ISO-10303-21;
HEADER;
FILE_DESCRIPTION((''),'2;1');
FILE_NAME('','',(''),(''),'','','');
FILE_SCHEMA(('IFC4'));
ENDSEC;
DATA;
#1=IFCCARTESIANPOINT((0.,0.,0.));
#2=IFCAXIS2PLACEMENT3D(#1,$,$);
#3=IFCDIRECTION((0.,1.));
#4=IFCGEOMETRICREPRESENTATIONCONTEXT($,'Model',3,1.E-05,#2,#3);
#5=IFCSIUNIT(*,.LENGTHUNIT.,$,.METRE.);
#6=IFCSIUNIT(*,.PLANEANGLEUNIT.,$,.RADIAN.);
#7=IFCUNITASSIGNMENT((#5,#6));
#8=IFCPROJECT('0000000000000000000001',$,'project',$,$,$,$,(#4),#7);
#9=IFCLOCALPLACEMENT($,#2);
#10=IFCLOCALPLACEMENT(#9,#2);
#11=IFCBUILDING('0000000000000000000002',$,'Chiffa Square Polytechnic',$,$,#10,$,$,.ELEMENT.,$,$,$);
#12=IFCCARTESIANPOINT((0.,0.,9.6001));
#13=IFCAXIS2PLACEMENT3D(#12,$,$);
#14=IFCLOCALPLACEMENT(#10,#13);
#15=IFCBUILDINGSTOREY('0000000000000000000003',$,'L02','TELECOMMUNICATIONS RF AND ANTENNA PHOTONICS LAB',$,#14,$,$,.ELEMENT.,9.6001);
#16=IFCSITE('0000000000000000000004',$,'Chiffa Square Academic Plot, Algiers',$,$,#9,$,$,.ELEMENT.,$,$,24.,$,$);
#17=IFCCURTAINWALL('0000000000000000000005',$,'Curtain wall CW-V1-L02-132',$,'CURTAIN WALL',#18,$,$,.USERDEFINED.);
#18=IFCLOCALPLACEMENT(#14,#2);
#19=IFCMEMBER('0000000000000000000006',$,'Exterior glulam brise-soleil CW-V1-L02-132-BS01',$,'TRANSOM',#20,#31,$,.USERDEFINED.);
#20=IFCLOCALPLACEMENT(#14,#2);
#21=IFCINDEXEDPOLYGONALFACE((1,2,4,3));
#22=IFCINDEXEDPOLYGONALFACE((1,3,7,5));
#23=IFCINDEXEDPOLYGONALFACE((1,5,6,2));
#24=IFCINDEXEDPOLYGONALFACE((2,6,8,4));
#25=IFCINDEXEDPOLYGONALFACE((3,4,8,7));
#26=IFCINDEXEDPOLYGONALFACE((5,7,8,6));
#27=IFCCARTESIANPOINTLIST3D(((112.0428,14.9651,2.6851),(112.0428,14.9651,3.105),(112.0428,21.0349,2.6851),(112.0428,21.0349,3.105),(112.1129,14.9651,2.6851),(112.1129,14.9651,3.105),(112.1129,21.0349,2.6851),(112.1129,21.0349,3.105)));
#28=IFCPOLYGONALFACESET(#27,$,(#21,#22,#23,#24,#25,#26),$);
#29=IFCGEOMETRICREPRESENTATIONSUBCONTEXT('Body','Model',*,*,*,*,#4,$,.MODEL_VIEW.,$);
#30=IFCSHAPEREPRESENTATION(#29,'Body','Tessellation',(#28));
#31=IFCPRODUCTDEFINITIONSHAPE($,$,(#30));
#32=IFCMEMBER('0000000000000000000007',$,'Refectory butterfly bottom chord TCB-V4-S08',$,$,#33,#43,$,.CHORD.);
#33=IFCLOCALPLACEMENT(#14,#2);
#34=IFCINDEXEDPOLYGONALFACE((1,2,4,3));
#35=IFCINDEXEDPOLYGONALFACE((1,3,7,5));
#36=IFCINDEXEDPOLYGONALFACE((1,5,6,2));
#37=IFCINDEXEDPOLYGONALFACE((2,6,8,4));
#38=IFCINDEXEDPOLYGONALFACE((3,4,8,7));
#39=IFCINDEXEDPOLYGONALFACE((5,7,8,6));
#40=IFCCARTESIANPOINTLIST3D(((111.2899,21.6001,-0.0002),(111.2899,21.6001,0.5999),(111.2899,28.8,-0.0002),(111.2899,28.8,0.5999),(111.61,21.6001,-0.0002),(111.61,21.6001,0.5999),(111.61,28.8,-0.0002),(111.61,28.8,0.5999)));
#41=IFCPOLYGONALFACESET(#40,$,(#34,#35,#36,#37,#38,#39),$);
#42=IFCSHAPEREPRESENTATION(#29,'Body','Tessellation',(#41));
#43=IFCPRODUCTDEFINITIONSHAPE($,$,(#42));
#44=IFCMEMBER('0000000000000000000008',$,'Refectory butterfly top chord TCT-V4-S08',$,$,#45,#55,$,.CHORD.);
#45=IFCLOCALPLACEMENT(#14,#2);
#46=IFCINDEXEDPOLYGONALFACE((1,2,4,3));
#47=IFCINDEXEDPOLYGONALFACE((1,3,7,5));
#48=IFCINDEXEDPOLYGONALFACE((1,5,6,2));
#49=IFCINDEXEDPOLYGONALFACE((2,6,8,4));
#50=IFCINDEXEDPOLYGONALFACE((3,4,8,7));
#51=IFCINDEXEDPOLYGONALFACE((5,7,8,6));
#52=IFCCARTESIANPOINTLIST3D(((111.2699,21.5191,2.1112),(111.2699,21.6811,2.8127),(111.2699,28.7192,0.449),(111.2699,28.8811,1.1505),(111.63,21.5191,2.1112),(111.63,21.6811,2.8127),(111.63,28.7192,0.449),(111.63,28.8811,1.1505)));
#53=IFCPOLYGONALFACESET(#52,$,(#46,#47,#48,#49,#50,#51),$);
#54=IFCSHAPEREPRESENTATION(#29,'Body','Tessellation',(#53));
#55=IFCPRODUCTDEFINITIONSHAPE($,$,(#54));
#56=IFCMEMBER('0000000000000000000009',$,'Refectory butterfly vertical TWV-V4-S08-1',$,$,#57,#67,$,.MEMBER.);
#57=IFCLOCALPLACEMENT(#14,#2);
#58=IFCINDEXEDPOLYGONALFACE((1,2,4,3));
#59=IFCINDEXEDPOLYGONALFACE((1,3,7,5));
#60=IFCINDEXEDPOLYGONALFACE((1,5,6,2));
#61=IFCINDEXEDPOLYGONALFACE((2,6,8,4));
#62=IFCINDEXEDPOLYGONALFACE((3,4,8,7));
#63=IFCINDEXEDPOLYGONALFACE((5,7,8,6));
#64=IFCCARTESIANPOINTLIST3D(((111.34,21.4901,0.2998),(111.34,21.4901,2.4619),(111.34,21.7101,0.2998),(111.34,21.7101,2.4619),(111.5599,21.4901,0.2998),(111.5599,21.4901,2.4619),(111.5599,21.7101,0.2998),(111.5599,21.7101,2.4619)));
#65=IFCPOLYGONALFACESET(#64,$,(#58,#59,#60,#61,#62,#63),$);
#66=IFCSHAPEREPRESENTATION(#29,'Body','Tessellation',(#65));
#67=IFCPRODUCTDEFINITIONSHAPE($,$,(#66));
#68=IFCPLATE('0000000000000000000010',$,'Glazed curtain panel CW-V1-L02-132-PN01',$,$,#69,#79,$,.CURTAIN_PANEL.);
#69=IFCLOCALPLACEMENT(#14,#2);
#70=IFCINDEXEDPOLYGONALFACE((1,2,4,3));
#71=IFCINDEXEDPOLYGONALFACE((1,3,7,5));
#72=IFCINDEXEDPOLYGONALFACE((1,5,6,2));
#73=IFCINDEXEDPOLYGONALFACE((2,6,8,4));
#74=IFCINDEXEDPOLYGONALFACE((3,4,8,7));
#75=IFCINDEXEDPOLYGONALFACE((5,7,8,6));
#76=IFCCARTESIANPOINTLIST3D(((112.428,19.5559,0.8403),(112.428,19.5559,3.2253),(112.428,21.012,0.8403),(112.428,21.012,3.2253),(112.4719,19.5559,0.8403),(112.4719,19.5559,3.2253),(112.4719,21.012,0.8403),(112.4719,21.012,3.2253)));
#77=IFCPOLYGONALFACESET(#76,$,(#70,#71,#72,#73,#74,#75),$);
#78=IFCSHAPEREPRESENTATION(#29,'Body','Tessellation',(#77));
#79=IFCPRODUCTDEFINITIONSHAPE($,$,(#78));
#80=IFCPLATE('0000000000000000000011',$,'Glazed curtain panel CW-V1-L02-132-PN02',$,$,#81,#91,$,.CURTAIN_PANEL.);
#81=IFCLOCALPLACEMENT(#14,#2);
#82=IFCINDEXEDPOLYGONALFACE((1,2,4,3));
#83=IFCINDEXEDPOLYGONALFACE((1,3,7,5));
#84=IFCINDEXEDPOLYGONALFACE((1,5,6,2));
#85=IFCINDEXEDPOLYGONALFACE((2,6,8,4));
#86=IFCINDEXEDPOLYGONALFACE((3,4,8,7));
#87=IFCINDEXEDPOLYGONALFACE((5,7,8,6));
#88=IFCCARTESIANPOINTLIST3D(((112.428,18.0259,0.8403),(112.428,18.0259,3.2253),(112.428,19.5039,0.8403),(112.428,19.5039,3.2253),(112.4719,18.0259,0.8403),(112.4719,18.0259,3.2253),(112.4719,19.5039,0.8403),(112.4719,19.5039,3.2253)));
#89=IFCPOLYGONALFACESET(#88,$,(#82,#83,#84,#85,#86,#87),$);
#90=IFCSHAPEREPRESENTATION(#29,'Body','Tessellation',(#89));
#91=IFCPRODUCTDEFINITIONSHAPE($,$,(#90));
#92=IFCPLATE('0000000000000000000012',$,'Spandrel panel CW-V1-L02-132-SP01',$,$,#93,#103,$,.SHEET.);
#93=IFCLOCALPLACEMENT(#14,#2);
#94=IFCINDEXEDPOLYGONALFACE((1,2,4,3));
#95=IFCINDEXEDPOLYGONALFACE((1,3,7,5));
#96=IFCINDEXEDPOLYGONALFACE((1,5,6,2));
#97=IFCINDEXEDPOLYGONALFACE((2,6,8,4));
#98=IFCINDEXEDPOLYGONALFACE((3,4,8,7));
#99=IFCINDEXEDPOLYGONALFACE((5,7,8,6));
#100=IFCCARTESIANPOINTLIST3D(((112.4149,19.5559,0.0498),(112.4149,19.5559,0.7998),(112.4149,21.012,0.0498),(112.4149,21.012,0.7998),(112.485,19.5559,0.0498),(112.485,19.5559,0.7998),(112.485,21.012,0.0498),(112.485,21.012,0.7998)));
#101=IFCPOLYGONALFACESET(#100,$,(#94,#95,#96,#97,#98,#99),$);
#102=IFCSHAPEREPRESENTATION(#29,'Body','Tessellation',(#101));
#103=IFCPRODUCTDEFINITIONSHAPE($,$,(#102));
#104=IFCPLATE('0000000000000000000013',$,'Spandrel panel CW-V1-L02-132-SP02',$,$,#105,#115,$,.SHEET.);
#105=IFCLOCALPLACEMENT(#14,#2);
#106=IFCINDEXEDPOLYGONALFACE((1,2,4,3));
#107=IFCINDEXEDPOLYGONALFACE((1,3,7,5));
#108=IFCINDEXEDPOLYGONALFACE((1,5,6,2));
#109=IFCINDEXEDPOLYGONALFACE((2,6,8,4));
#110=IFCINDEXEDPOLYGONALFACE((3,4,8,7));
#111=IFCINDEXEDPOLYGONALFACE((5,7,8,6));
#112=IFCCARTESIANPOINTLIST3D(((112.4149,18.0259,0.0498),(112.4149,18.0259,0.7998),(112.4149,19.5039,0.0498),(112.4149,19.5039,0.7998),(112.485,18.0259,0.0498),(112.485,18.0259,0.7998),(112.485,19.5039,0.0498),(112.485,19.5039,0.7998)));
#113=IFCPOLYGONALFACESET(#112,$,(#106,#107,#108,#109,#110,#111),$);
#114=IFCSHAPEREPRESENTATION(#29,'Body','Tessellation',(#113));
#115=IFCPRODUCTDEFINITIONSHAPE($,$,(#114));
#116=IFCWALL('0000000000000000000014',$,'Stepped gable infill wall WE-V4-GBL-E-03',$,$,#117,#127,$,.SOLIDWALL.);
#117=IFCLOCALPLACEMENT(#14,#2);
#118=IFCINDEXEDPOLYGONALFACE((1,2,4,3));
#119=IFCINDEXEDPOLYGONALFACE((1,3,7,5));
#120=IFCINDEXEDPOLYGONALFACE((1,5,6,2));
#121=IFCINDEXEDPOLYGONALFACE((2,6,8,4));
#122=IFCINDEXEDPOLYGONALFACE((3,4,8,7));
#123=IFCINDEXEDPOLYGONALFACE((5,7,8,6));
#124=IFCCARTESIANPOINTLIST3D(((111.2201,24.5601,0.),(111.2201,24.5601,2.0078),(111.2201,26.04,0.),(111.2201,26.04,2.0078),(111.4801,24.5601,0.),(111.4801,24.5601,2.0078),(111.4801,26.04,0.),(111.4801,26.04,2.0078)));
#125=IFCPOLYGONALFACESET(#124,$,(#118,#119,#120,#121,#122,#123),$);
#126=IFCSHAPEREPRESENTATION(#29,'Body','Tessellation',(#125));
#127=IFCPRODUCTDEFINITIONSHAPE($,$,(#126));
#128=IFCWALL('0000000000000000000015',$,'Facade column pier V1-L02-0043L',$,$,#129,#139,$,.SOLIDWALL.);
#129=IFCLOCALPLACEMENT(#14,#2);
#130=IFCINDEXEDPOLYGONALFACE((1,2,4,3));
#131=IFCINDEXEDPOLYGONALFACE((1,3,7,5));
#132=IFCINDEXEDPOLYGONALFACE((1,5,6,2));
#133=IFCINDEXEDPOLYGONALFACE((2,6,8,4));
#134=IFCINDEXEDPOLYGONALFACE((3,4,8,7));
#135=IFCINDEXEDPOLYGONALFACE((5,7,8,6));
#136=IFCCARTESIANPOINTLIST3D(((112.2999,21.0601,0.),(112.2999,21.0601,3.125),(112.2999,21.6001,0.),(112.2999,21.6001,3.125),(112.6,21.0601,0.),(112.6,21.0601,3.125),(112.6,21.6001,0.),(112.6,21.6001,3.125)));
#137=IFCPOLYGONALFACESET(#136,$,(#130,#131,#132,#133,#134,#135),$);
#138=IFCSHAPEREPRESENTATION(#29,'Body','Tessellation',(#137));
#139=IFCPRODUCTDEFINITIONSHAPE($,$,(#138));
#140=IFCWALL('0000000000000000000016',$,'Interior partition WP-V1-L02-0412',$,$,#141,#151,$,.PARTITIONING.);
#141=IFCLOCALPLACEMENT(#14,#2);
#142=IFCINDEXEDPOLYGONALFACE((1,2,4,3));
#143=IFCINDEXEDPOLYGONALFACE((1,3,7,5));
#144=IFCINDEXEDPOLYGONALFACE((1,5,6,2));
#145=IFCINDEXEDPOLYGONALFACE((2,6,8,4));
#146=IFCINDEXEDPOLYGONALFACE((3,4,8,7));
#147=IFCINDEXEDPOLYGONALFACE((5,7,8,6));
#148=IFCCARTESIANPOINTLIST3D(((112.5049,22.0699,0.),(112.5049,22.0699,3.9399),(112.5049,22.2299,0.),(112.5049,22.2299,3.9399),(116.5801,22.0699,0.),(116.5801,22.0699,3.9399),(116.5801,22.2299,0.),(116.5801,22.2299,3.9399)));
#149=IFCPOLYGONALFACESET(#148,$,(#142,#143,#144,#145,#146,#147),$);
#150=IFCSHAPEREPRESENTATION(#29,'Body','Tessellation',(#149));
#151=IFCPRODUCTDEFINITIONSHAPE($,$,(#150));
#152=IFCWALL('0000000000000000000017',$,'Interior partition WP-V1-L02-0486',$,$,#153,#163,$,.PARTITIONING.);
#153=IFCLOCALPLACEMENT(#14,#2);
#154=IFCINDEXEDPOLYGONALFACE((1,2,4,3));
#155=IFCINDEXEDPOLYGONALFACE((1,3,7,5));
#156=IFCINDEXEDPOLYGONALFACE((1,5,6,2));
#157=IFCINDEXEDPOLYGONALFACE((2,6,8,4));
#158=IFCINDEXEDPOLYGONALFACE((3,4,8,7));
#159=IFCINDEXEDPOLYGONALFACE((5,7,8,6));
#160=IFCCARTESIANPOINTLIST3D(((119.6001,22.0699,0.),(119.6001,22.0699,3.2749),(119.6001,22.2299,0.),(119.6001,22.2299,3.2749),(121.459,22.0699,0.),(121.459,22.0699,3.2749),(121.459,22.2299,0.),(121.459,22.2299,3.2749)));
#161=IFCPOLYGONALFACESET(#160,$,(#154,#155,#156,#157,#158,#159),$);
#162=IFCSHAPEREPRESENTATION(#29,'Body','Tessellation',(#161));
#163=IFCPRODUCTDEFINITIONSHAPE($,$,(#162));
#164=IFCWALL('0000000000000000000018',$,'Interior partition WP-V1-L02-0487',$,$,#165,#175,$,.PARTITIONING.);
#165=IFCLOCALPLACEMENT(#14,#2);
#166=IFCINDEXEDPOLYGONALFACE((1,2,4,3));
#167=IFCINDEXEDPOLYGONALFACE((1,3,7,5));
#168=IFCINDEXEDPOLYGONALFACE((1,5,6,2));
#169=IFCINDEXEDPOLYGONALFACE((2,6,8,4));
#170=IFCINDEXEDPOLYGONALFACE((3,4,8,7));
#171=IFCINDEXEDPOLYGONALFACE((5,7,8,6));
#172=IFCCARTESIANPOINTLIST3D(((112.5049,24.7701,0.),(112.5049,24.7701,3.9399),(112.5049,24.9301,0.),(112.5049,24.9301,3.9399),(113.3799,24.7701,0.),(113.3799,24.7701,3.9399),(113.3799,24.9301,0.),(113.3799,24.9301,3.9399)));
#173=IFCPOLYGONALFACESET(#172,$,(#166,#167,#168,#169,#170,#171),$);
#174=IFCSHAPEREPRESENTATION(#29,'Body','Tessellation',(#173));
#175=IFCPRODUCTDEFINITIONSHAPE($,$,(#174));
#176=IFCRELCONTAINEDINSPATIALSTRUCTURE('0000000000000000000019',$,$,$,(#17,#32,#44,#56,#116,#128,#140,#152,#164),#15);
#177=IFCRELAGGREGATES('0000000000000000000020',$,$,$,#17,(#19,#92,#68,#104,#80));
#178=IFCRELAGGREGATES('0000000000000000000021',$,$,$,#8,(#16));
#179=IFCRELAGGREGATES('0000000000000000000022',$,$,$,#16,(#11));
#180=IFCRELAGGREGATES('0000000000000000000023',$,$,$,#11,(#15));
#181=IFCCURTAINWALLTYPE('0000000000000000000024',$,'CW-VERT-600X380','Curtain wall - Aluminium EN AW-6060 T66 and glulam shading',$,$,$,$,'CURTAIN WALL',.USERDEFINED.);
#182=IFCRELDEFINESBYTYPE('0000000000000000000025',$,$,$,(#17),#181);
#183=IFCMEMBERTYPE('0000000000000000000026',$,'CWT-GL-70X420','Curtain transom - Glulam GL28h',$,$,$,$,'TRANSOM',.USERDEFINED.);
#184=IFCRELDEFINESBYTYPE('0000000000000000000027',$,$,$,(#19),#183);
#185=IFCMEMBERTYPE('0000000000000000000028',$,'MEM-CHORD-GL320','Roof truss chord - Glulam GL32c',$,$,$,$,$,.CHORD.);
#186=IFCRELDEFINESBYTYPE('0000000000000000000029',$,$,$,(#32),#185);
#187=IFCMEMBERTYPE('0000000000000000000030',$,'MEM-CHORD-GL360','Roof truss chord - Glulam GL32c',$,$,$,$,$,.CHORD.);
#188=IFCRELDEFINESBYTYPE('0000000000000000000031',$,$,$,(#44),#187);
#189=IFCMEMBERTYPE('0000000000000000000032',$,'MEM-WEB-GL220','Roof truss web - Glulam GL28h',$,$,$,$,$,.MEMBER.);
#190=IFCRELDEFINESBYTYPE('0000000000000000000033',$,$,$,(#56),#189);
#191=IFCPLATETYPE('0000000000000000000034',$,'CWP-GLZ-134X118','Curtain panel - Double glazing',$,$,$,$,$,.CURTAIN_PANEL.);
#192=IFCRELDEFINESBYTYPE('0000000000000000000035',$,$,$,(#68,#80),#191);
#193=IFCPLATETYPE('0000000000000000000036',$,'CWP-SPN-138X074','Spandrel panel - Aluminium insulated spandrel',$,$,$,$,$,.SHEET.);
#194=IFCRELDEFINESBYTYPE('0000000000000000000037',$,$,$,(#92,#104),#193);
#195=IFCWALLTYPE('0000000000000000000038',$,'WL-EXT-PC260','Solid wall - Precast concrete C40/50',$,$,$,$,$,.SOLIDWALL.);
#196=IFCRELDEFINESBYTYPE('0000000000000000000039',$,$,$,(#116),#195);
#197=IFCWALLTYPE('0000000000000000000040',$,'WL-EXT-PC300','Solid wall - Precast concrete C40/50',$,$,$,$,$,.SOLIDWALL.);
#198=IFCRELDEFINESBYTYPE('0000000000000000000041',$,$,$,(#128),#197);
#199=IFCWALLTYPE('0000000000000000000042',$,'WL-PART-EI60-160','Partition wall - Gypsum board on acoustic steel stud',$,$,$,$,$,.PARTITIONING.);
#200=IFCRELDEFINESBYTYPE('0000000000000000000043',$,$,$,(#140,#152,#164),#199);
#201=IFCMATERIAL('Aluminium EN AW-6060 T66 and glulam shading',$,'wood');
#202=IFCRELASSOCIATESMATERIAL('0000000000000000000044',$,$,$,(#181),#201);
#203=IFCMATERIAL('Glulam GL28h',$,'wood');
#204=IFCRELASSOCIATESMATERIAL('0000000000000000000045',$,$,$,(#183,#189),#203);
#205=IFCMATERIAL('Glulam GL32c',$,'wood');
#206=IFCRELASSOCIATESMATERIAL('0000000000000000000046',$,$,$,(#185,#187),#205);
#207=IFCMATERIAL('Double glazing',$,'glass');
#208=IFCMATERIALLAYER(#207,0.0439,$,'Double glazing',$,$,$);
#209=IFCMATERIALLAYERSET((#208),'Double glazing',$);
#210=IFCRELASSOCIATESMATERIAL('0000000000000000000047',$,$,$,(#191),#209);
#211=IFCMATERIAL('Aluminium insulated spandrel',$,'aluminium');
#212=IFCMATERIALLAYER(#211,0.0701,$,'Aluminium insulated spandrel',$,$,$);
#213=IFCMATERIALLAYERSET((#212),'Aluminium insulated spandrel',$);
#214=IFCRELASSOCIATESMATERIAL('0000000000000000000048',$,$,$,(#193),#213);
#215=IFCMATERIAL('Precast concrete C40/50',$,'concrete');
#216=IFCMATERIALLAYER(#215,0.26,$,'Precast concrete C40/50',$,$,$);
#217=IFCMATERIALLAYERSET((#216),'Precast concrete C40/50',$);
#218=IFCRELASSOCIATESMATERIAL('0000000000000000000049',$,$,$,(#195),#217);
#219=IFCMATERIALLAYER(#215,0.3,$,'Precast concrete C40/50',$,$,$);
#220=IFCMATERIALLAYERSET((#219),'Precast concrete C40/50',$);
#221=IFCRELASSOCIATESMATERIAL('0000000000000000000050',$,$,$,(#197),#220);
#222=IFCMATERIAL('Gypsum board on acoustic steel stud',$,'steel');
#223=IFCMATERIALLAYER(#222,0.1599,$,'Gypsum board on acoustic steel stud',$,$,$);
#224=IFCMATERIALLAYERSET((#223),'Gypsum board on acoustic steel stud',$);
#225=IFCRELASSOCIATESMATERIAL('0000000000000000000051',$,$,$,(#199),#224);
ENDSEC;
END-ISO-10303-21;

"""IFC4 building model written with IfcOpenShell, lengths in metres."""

from ifc_helpers import new_model, si_unit, direction, frame, frame_2d, origin, origin_2d, place, context, subcontext, project, spatial, rectangle, extrude, material, layer, layer_set, material_profile, profile_set, type_object, element, aggregate, save


model = new_model("IFC4")

# Units and contexts
model_context = context("Model", 3, precision=1e-05, world=origin(), true_north=direction((0.0, 1.0)))
body_context = subcontext(model_context, "Body", "Model", "MODEL_VIEW")
ifc_project = project(units=[si_unit("LENGTHUNIT", "METRE"), si_unit("PLANEANGLEUNIT", "RADIAN")], contexts=[model_context])

# Site, building, storey
site_placement = place(None, origin())
site = spatial("IfcSite", under=ifc_project, at=site_placement, Name="Chiffa Square Academic Plot, Algiers", CompositionType="ELEMENT", RefElevation=24.0)
building_placement = place(site_placement, origin())
building = spatial("IfcBuilding", under=site, at=building_placement, Name="Chiffa Square Polytechnic", CompositionType="ELEMENT")
storey_placement = place(building_placement, frame((0.0, 0.0, 9.6001)))
storey = spatial("IfcBuildingStorey", under=building, at=storey_placement, Name="L02", Description="TELECOMMUNICATIONS RF AND ANTENNA PHOTONICS LAB", CompositionType="ELEMENT", Elevation=9.6001)

# Curtain wall, member
ifc_material_1 = material(Name="Aluminium EN AW-6060 T66 and glulam shading", Category="wood")
curtain_wall_type = type_object("IfcCurtainWallType", Name="CW-VERT-600X380", Description="Curtain wall - Aluminium EN AW-6060 T66 and glulam shading", ElementType="CURTAIN WALL", PredefinedType="USERDEFINED", material=ifc_material_1)
curtain_wall_placement = place(storey_placement, origin())
curtain_wall = element("IfcCurtainWall", 1, at=curtain_wall_placement, inside=storey, type_object=curtain_wall_type, Name="Curtain wall CW-V1-L02-132", ObjectType="CURTAIN WALL", PredefinedType="USERDEFINED")
ifc_material_2 = material(Name="Glulam GL28h", Category="wood")
ifc_material_profile_1 = material_profile(ifc_material_2, rectangle(XDim=0.0701, YDim=0.4199, at=origin_2d()), Name="GL28h 70x420")
ifc_profile_set_1 = profile_set([ifc_material_profile_1], Name="Glulam GL28h")
member_type_1 = type_object("IfcMemberType", Name="CWT-GL-70X420", Description="Curtain transom - Glulam GL28h", ElementType="TRANSOM", PredefinedType="USERDEFINED", material=ifc_profile_set_1)
member_1_placement = place(storey_placement, frame((112.0779, 21.0349, 2.895), z_axis=(0.0, -1.0, 0.0), x_axis=(1.0, 0.0, 0.0)))
member_1 = element("IfcMember", 2, at=member_1_placement, type_object=member_type_1, Name="Exterior glulam brise-soleil CW-V1-L02-132-BS01", ObjectType="TRANSOM", PredefinedType="USERDEFINED", context=body_context, shape_type="SweptSolid", body=[
    extrude(rectangle(XDim=0.0701, YDim=0.4199, at=origin_2d()), origin(), (0.0, 0.0, 1.0), 6.0698),
])

# Members
ifc_material_3 = material(Name="Glulam GL32c", Category="wood")
ifc_material_profile_2 = material_profile(ifc_material_3, rectangle(XDim=0.3201, YDim=0.6001, at=origin_2d()), Name="GL32c 320x600")
ifc_profile_set_2 = profile_set([ifc_material_profile_2], Name="Glulam GL32c")
member_type_2 = type_object("IfcMemberType", Name="MEM-CHORD-GL320", Description="Roof truss chord - Glulam GL32c", PredefinedType="CHORD", material=ifc_profile_set_2)
member_2_placement = place(storey_placement, frame((111.45, 21.6001, 0.2998), z_axis=(0.0, 1.0, 0.0), x_axis=(-1.0, 0.0, 0.0)))
element("IfcMember", 3, at=member_2_placement, inside=storey, type_object=member_type_2, Name="Refectory butterfly bottom chord TCB-V4-S08", PredefinedType="CHORD", context=body_context, shape_type="SweptSolid", body=[
    extrude(rectangle(XDim=0.3201, YDim=0.6001, at=origin_2d()), origin(), (0.0, 0.0, 1.0), 7.2),
])
ifc_material_profile_3 = material_profile(ifc_material_3, rectangle(XDim=0.3601, YDim=0.72, at=origin_2d()), Name="GL32c 360x720")
ifc_profile_set_3 = profile_set([ifc_material_profile_3], Name="Glulam GL32c")
member_type_3 = type_object("IfcMemberType", Name="MEM-CHORD-GL360", Description="Roof truss chord - Glulam GL32c", PredefinedType="CHORD", material=ifc_profile_set_3)
member_3_placement = place(storey_placement, frame((111.45, 21.6001, 2.4619), z_axis=(0.0, 0.974374, -0.224934), x_axis=(-1.0, 0.0, 0.0)))
element("IfcMember", 4, at=member_3_placement, inside=storey, type_object=member_type_3, Name="Refectory butterfly top chord TCT-V4-S08", PredefinedType="CHORD", context=body_context, shape_type="SweptSolid", body=[
    extrude(rectangle(XDim=0.3601, YDim=0.72, at=origin_2d()), origin(), (0.0, 0.0, 1.0), 7.3894),
])
ifc_material_profile_4 = material_profile(ifc_material_2, rectangle(XDim=0.22, YDim=0.22, at=origin_2d()), Name="GL28h 220x220")
ifc_profile_set_4 = profile_set([ifc_material_profile_4], Name="Glulam GL28h")
member_type_4 = type_object("IfcMemberType", Name="MEM-WEB-GL220", Description="Roof truss web - Glulam GL28h", PredefinedType="MEMBER", material=ifc_profile_set_4)
member_4_placement = place(storey_placement, frame((111.45, 21.6001, 0.2998), z_axis=(0.0, 0.0, 1.0), x_axis=(1.0, 0.0, 0.0)))
element("IfcMember", 5, at=member_4_placement, inside=storey, type_object=member_type_4, Name="Refectory butterfly vertical TWV-V4-S08-1", PredefinedType="MEMBER", context=body_context, shape_type="SweptSolid", body=[
    extrude(rectangle(XDim=0.22, YDim=0.22, at=origin_2d()), origin(), (0.0, 0.0, 1.0), 2.1621),
])

# Plates
ifc_material_4 = material(Name="Double glazing", Category="glass")
ifc_layer_1 = layer(ifc_material_4, 0.0439, Name="Double glazing")
ifc_layer_set_1 = layer_set([ifc_layer_1], Name="Double glazing")
plate_type_1 = type_object("IfcPlateType", Name="CWP-GLZ-134X118", Description="Curtain panel - Double glazing", PredefinedType="CURTAIN_PANEL", material=ifc_layer_set_1)
plate_1_placement = place(storey_placement, frame((112.45, 20.2839, 0.8403), z_axis=(0.0, 0.0, 1.0), x_axis=(0.0, -1.0, 0.0)))
plate_1 = element("IfcPlate", 6, at=plate_1_placement, type_object=plate_type_1, Name="Glazed curtain panel CW-V1-L02-132-PN01", PredefinedType="CURTAIN_PANEL", context=body_context, shape_type="SweptSolid", body=[
    extrude(rectangle(XDim=1.4561, YDim=0.0439, at=origin_2d()), origin(), (0.0, 0.0, 1.0), 2.385),
])
plate_2_placement = place(storey_placement, frame((112.45, 18.7649, 0.8403), z_axis=(0.0, 0.0, 1.0), x_axis=(0.0, -1.0, 0.0)))
plate_2 = element("IfcPlate", 7, at=plate_2_placement, type_object=plate_type_1, Name="Glazed curtain panel CW-V1-L02-132-PN02", PredefinedType="CURTAIN_PANEL", context=body_context, shape_type="SweptSolid", body=[
    extrude(rectangle(XDim=1.478, YDim=0.0439, at=origin_2d()), origin(), (0.0, 0.0, 1.0), 2.385),
])
ifc_material_5 = material(Name="Aluminium insulated spandrel", Category="aluminium")
ifc_layer_2 = layer(ifc_material_5, 0.0701, Name="Aluminium insulated spandrel")
ifc_layer_set_2 = layer_set([ifc_layer_2], Name="Aluminium insulated spandrel")
plate_type_2 = type_object("IfcPlateType", Name="CWP-SPN-138X074", Description="Spandrel panel - Aluminium insulated spandrel", PredefinedType="SHEET", material=ifc_layer_set_2)
plate_3_placement = place(storey_placement, frame((112.45, 20.2839, 0.0498), z_axis=(0.0, 0.0, 1.0), x_axis=(0.0, -1.0, 0.0)))
plate_3 = element("IfcPlate", 8, at=plate_3_placement, type_object=plate_type_2, Name="Spandrel panel CW-V1-L02-132-SP01", PredefinedType="SHEET", context=body_context, shape_type="SweptSolid", body=[
    extrude(rectangle(XDim=1.4561, YDim=0.0701, at=origin_2d()), origin(), (0.0, 0.0, 1.0), 0.75),
])
plate_4_placement = place(storey_placement, frame((112.45, 18.7649, 0.0498), z_axis=(0.0, 0.0, 1.0), x_axis=(0.0, -1.0, 0.0)))
plate_4 = element("IfcPlate", 9, at=plate_4_placement, type_object=plate_type_2, Name="Spandrel panel CW-V1-L02-132-SP02", PredefinedType="SHEET", context=body_context, shape_type="SweptSolid", body=[
    extrude(rectangle(XDim=1.478, YDim=0.0701, at=origin_2d()), origin(), (0.0, 0.0, 1.0), 0.75),
])
aggregate(curtain_wall, [member_1, plate_3, plate_1, plate_4, plate_2])

# Walls
ifc_material_6 = material(Name="Precast concrete C40/50", Category="concrete")
ifc_layer_3 = layer(ifc_material_6, 0.26, Name="Precast concrete C40/50")
ifc_layer_set_3 = layer_set([ifc_layer_3], Name="Precast concrete C40/50")
wall_type_1 = type_object("IfcWallType", Name="WL-EXT-PC260", Description="Solid wall - Precast concrete C40/50", PredefinedType="SOLIDWALL", material=ifc_layer_set_3)
wall_1_placement = place(storey_placement, frame((111.3501, 24.5601, 0.0), z_axis=(0.0, 0.0, 1.0), x_axis=(0.0, 1.0, 0.0)))
element("IfcWall", 10, at=wall_1_placement, inside=storey, type_object=wall_type_1, Name="Stepped gable infill wall WE-V4-GBL-E-03", PredefinedType="SOLIDWALL", context=body_context, shape_type="SweptSolid", body=[
    extrude(rectangle(XDim=1.48, YDim=0.26, at=frame_2d((0.74, 0.0))), origin(), (0.0, 0.0, 1.0), 2.0078),
])
ifc_layer_4 = layer(ifc_material_6, 0.3, Name="Precast concrete C40/50")
ifc_layer_set_4 = layer_set([ifc_layer_4], Name="Precast concrete C40/50")
wall_type_2 = type_object("IfcWallType", Name="WL-EXT-PC300", Description="Solid wall - Precast concrete C40/50", PredefinedType="SOLIDWALL", material=ifc_layer_set_4)
wall_2_placement = place(storey_placement, frame((112.45, 21.6001, 0.0), z_axis=(0.0, 0.0, 1.0), x_axis=(0.0, -1.0, 0.0)))
element("IfcWall", 11, at=wall_2_placement, inside=storey, type_object=wall_type_2, Name="Facade column pier V1-L02-0043L", PredefinedType="SOLIDWALL", context=body_context, shape_type="SweptSolid", body=[
    extrude(rectangle(XDim=0.54, YDim=0.3, at=frame_2d((0.27, 0.0))), origin(), (0.0, 0.0, 1.0), 3.125),
])
ifc_material_7 = material(Name="Gypsum board on acoustic steel stud", Category="steel")
ifc_layer_5 = layer(ifc_material_7, 0.1599, Name="Gypsum board on acoustic steel stud")
ifc_layer_set_5 = layer_set([ifc_layer_5], Name="Gypsum board on acoustic steel stud")
wall_type_3 = type_object("IfcWallType", Name="WL-PART-EI60-160", Description="Partition wall - Gypsum board on acoustic steel stud", PredefinedType="PARTITIONING", material=ifc_layer_set_5)
wall_3_placement = place(storey_placement, frame((112.5049, 22.1499, 0.0), z_axis=(0.0, 0.0, 1.0), x_axis=(1.0, 0.0, 0.0)))
element("IfcWall", 12, at=wall_3_placement, inside=storey, type_object=wall_type_3, Name="Interior partition WP-V1-L02-0412", PredefinedType="PARTITIONING", context=body_context, shape_type="SweptSolid", body=[
    extrude(rectangle(XDim=4.0752, YDim=0.1599, at=frame_2d((2.0376, 0.0))), origin(), (0.0, 0.0, 1.0), 3.9399),
])
wall_4_placement = place(storey_placement, frame((119.6001, 22.1499, 0.0), z_axis=(0.0, 0.0, 1.0), x_axis=(1.0, 0.0, 0.0)))
element("IfcWall", 13, at=wall_4_placement, inside=storey, type_object=wall_type_3, Name="Interior partition WP-V1-L02-0486", PredefinedType="PARTITIONING", context=body_context, shape_type="SweptSolid", body=[
    extrude(rectangle(XDim=1.8589, YDim=0.1599, at=frame_2d((0.9294, 0.0))), origin(), (0.0, 0.0, 1.0), 3.2749),
])
wall_5_placement = place(storey_placement, frame((112.5049, 24.8501, 0.0), z_axis=(0.0, 0.0, 1.0), x_axis=(1.0, 0.0, 0.0)))
element("IfcWall", 14, at=wall_5_placement, inside=storey, type_object=wall_type_3, Name="Interior partition WP-V1-L02-0487", PredefinedType="PARTITIONING", context=body_context, shape_type="SweptSolid", body=[
    extrude(rectangle(XDim=0.875, YDim=0.1599, at=frame_2d((0.4375, 0.0))), origin(), (0.0, 0.0, 1.0), 3.9399),
])

save(model, "model.ifc")
